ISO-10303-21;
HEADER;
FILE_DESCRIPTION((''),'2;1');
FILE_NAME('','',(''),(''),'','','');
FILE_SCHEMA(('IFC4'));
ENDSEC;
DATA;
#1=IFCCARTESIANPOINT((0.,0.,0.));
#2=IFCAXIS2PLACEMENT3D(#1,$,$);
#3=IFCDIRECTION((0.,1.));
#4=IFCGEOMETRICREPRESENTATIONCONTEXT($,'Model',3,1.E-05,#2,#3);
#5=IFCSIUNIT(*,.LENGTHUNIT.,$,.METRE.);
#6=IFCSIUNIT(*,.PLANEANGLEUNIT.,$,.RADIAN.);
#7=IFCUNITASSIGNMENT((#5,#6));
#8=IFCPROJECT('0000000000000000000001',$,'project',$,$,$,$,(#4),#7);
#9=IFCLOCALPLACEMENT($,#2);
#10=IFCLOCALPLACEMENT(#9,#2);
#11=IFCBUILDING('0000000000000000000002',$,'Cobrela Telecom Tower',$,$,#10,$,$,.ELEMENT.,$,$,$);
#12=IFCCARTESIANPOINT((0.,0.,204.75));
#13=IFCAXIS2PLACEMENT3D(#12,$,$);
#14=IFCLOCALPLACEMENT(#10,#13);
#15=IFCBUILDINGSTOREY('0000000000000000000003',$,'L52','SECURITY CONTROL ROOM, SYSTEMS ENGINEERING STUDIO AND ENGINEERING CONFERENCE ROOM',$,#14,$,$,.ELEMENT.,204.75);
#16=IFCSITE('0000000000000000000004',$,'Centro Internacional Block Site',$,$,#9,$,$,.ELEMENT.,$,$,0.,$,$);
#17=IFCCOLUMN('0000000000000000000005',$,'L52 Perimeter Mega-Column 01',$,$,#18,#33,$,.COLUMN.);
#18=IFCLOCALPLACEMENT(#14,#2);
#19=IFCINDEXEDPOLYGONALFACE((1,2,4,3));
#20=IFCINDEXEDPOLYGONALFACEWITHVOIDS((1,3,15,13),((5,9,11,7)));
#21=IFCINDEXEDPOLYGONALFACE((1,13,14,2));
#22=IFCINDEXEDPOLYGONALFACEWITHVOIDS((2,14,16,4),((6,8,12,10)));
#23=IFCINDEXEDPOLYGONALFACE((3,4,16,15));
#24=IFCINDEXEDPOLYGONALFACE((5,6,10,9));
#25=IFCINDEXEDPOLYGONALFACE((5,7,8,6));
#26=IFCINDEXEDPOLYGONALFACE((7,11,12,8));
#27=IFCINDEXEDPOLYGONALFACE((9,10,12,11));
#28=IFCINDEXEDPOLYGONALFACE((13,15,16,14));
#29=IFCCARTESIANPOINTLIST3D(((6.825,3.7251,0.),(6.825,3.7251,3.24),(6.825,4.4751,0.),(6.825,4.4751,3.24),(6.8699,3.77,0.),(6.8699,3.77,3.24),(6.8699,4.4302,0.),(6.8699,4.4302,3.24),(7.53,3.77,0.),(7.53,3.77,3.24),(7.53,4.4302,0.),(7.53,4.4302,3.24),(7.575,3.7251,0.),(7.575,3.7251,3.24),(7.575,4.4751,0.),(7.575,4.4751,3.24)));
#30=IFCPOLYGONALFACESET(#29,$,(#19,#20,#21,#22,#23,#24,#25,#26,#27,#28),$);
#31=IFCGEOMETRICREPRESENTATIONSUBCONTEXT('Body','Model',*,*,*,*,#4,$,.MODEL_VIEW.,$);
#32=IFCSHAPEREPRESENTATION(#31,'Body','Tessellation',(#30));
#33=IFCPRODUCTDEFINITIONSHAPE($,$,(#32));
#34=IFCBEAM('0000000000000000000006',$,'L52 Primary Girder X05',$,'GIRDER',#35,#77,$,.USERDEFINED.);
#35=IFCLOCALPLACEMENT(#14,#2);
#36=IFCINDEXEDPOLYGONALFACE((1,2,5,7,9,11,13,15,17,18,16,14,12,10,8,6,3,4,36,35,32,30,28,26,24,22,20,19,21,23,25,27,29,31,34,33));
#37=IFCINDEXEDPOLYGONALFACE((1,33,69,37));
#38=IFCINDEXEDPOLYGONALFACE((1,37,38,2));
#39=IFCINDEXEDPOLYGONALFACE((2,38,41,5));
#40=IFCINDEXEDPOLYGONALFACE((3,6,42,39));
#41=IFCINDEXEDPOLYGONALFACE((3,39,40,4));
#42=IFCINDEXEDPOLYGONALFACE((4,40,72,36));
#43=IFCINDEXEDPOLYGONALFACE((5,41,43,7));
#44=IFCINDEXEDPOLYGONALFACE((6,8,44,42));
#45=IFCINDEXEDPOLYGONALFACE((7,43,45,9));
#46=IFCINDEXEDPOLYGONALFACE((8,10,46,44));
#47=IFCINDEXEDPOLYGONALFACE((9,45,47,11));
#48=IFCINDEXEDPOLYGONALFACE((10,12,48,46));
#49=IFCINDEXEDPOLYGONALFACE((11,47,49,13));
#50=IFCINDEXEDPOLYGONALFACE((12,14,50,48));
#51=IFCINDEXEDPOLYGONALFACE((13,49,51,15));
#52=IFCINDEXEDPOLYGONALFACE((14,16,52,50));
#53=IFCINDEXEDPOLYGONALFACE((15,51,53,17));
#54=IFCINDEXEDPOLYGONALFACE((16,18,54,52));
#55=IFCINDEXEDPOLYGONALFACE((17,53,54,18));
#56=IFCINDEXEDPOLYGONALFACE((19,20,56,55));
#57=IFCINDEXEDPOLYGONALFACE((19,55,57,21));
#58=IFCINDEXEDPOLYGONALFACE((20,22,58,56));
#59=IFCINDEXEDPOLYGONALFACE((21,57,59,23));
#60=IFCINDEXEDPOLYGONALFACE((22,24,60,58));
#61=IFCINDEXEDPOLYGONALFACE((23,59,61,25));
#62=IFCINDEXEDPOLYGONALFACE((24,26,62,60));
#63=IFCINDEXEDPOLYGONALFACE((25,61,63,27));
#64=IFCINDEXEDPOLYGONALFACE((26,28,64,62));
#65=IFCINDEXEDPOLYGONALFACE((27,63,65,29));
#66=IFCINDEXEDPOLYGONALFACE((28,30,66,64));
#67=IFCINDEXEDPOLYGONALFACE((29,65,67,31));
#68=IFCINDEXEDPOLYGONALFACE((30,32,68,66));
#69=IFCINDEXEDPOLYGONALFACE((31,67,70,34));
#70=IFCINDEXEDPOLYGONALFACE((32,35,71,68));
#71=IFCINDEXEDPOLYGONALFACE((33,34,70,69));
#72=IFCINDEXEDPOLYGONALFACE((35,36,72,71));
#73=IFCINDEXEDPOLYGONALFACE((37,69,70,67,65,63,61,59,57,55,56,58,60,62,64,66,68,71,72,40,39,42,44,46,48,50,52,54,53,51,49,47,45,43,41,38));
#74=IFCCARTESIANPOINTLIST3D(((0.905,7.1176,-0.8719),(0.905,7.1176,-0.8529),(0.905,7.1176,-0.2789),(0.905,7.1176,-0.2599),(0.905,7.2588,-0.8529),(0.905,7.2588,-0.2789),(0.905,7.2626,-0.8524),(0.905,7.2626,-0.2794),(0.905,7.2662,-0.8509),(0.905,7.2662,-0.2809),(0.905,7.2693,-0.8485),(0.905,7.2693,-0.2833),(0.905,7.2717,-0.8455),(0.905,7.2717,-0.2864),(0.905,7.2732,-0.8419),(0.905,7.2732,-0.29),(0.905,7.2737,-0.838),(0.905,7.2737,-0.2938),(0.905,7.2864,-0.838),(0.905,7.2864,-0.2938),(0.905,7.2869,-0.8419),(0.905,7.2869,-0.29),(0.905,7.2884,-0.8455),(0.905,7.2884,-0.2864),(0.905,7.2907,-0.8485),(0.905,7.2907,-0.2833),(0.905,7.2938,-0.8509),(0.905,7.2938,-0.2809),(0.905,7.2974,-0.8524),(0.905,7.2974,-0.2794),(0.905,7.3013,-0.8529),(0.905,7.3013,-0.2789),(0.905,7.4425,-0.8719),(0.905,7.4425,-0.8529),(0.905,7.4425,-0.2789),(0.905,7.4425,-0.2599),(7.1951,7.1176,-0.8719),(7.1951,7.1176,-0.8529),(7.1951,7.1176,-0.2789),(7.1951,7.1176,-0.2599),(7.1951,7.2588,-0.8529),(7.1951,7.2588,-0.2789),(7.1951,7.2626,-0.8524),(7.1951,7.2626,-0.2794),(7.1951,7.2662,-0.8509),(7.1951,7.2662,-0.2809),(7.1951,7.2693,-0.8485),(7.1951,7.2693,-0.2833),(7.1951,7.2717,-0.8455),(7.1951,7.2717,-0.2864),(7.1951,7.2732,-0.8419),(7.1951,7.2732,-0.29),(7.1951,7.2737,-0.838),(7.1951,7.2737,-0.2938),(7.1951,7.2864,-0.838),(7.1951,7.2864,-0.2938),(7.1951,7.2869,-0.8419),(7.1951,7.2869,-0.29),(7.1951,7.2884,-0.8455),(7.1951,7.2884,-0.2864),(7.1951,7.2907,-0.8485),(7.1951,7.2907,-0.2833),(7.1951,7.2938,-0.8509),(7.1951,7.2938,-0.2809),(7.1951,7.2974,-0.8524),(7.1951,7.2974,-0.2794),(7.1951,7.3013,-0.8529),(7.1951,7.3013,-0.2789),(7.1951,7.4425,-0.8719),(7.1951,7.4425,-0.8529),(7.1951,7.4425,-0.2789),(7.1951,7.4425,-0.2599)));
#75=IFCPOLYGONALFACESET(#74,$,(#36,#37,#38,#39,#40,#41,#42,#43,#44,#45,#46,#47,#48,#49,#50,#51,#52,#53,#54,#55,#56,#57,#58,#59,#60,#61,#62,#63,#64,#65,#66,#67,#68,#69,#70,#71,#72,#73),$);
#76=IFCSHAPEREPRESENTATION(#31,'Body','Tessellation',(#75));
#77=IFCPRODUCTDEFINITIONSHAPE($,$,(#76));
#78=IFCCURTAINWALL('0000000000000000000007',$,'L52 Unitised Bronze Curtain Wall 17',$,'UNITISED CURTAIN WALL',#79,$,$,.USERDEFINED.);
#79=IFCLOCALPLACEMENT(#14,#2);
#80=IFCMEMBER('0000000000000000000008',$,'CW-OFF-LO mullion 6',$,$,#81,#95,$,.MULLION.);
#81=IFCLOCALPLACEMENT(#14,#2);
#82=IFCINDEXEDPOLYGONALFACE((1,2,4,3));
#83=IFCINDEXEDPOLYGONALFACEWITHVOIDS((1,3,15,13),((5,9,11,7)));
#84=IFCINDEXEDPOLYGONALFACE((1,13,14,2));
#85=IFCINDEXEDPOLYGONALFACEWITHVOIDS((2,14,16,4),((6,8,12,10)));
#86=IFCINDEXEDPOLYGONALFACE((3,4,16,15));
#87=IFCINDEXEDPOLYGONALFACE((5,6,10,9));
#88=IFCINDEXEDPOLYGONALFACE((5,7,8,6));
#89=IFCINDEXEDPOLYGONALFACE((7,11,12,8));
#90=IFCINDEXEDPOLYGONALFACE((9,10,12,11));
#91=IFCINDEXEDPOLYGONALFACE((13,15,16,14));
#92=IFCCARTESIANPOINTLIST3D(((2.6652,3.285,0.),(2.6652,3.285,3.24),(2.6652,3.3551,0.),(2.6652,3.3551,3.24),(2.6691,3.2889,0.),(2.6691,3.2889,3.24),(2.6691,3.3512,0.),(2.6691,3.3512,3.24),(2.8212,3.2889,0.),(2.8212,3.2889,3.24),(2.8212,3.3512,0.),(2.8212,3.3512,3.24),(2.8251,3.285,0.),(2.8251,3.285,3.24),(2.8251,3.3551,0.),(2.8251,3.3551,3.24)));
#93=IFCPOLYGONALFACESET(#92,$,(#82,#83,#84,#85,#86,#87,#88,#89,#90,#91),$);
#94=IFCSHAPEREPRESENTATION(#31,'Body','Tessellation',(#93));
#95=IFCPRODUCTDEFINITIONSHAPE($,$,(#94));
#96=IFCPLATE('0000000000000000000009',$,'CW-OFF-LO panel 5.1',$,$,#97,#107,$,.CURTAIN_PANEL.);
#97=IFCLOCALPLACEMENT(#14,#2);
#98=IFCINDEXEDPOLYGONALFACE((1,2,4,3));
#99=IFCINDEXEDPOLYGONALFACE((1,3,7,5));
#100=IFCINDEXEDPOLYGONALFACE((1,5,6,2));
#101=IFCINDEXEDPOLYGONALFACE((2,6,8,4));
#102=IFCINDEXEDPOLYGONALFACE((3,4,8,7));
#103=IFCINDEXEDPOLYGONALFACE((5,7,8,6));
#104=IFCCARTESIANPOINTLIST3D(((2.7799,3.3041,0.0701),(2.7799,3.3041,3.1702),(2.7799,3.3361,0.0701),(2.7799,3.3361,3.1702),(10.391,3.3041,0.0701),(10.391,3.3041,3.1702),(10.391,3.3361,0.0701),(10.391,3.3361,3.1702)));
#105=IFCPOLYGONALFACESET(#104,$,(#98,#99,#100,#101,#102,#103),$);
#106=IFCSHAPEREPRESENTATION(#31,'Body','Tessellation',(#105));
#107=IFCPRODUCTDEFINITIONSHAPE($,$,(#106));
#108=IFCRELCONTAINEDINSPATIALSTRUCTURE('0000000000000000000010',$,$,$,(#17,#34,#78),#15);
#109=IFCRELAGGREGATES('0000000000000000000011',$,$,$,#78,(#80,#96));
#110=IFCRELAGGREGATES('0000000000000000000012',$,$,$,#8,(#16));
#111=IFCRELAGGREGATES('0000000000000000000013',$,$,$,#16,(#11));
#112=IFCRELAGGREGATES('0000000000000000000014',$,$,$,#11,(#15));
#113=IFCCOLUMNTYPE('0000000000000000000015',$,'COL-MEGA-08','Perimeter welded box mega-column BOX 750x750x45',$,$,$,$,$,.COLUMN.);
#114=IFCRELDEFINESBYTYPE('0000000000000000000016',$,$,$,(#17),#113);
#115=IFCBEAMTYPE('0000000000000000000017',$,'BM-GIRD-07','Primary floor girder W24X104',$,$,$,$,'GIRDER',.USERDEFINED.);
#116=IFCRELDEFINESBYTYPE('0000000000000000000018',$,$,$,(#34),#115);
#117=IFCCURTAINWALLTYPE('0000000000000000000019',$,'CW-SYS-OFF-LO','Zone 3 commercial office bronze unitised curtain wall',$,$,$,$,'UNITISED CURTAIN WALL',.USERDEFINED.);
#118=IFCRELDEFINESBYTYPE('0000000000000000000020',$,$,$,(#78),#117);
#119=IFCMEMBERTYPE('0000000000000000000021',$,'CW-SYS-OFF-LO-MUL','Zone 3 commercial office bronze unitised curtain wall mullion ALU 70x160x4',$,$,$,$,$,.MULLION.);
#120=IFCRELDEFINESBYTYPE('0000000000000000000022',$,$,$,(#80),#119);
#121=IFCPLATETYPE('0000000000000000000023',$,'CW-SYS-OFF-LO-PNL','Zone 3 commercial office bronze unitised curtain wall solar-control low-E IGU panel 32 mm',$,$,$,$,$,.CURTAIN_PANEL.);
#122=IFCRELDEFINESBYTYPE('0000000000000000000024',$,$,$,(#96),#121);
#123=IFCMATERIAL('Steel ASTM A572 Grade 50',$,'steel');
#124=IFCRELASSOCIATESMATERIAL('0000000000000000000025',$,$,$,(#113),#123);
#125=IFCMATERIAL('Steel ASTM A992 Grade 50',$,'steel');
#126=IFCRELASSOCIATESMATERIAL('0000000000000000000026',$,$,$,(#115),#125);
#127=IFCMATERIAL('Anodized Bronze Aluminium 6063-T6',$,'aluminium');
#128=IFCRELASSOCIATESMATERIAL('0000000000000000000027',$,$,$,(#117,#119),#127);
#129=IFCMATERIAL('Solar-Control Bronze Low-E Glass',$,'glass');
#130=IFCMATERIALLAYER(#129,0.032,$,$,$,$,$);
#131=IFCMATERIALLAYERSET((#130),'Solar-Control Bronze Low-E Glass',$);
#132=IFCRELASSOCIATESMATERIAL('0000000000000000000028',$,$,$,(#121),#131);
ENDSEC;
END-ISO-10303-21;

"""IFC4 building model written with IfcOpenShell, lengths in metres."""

from ifc_helpers import new_model, si_unit, direction, frame, origin, origin_2d, place, context, subcontext, project, spatial, rectangle, hollow_rectangle, i_section, extrude, material, layer, layer_set, material_profile, profile_set, type_object, element, aggregate, save


model = new_model("IFC4")

# Units and contexts
model_context = context("Model", 3, precision=1e-05, world=origin(), true_north=direction((0.0, 1.0)))
body_context = subcontext(model_context, "Body", "Model", "MODEL_VIEW")
ifc_project = project(units=[si_unit("LENGTHUNIT", "METRE"), si_unit("PLANEANGLEUNIT", "RADIAN")], contexts=[model_context])

# Site, building, storey
site_placement = place(None, origin())
site = spatial("IfcSite", under=ifc_project, at=site_placement, Name="Centro Internacional Block Site", CompositionType="ELEMENT", RefElevation=0.0)
building_placement = place(site_placement, origin())
building = spatial("IfcBuilding", under=site, at=building_placement, Name="Cobrela Telecom Tower", CompositionType="ELEMENT")
storey_placement = place(building_placement, frame((0.0, 0.0, 204.75)))
storey = spatial("IfcBuildingStorey", under=building, at=storey_placement, Name="L52", Description="SECURITY CONTROL ROOM, SYSTEMS ENGINEERING STUDIO AND ENGINEERING CONFERENCE ROOM", CompositionType="ELEMENT", Elevation=204.75)

# Column
ifc_material_1 = material(Name="Steel ASTM A572 Grade 50", Category="steel")
ifc_material_profile_1 = material_profile(ifc_material_1, hollow_rectangle(XDim=0.75, YDim=0.75, WallThickness=0.0449, at=origin_2d()), Name="BOX 750x750x45")
ifc_profile_set_1 = profile_set([ifc_material_profile_1], Name="Steel ASTM A572 Grade 50")
column_type = type_object("IfcColumnType", Name="COL-MEGA-08", Description="Perimeter welded box mega-column BOX 750x750x45", PredefinedType="COLUMN", material=ifc_profile_set_1)
column_placement = place(storey_placement, frame((7.2, 4.1001, 0.0), z_axis=(0.0, 0.0, 1.0), x_axis=(1.0, 0.0, 0.0)))
element("IfcColumn", 1, at=column_placement, inside=storey, type_object=column_type, Name="L52 Perimeter Mega-Column 01", PredefinedType="COLUMN", context=body_context, shape_type="SweptSolid", body=[
    extrude(hollow_rectangle(XDim=0.75, YDim=0.75, WallThickness=0.0449, at=origin_2d()), origin(), (0.0, 0.0, 1.0), 3.24),
])

# Beam
ifc_material_2 = material(Name="Steel ASTM A992 Grade 50", Category="steel")
ifc_material_profile_2 = material_profile(ifc_material_2, i_section(OverallWidth=0.325, OverallDepth=0.6121, WebThickness=0.0127, FlangeThickness=0.019, FilletRadius=0.0149, at=origin_2d()), Name="W24X104")
ifc_profile_set_2 = profile_set([ifc_material_profile_2], Name="Steel ASTM A992 Grade 50")
beam_type = type_object("IfcBeamType", Name="BM-GIRD-07", Description="Primary floor girder W24X104", ElementType="GIRDER", PredefinedType="USERDEFINED", material=ifc_profile_set_2)
beam_placement = place(storey_placement, frame((0.905, 7.28, -0.5659), z_axis=(1.0, 0.0, 0.0), x_axis=(0.0, 1.0, 0.0)))
element("IfcBeam", 2, at=beam_placement, inside=storey, type_object=beam_type, Name="L52 Primary Girder X05", ObjectType="GIRDER", PredefinedType="USERDEFINED", context=body_context, shape_type="SweptSolid", body=[
    extrude(i_section(OverallWidth=0.325, OverallDepth=0.6121, WebThickness=0.0127, FlangeThickness=0.019, FilletRadius=0.0149, at=origin_2d()), origin(), (0.0, 0.0, 1.0), 6.29),
])

# Curtain wall, member, plate
ifc_material_3 = material(Name="Anodized Bronze Aluminium 6063-T6", Category="aluminium")
curtain_wall_type = type_object("IfcCurtainWallType", Name="CW-SYS-OFF-LO", Description="Zone 3 commercial office bronze unitised curtain wall", ElementType="UNITISED CURTAIN WALL", PredefinedType="USERDEFINED", material=ifc_material_3)
curtain_wall_placement = place(storey_placement, origin())
curtain_wall = element("IfcCurtainWall", 3, at=curtain_wall_placement, inside=storey, type_object=curtain_wall_type, Name="L52 Unitised Bronze Curtain Wall 17", ObjectType="UNITISED CURTAIN WALL", PredefinedType="USERDEFINED")
ifc_material_profile_3 = material_profile(ifc_material_3, hollow_rectangle(XDim=0.0701, YDim=0.1599, WallThickness=0.0039, at=origin_2d()), Name="ALU 70x160x4")
ifc_profile_set_3 = profile_set([ifc_material_profile_3], Name="Anodized Bronze Aluminium 6063-T6")
member_type = type_object("IfcMemberType", Name="CW-SYS-OFF-LO-MUL", Description="Zone 3 commercial office bronze unitised curtain wall mullion ALU 70x160x4", PredefinedType="MULLION", material=ifc_profile_set_3)
member_placement = place(storey_placement, frame((2.7451, 3.3201, 0.0), z_axis=(0.0, 0.0, 1.0), x_axis=(0.0, -1.0, 0.0)))
member = element("IfcMember", 4, at=member_placement, type_object=member_type, Name="CW-OFF-LO mullion 6", PredefinedType="MULLION", context=body_context, shape_type="SweptSolid", body=[
    extrude(hollow_rectangle(XDim=0.0701, YDim=0.1599, WallThickness=0.0039, at=origin_2d()), origin(), (0.0, 0.0, 1.0), 3.24),
])
ifc_material_4 = material(Name="Solar-Control Bronze Low-E Glass", Category="glass")
ifc_layer_1 = layer(ifc_material_4, 0.032)
ifc_layer_set_1 = layer_set([ifc_layer_1], Name="Solar-Control Bronze Low-E Glass")
plate_type = type_object("IfcPlateType", Name="CW-SYS-OFF-LO-PNL", Description="Zone 3 commercial office bronze unitised curtain wall solar-control low-E IGU panel 32 mm", PredefinedType="CURTAIN_PANEL", material=ifc_layer_set_1)
plate_placement = place(storey_placement, frame((6.5854, 3.3201, 0.0701), z_axis=(0.0, 0.0, 1.0), x_axis=(-1.0, 0.0, 0.0)))
plate = element("IfcPlate", 5, at=plate_placement, type_object=plate_type, Name="CW-OFF-LO panel 5.1", PredefinedType="CURTAIN_PANEL", context=body_context, shape_type="SweptSolid", body=[
    extrude(rectangle(XDim=7.6111, YDim=0.032, at=origin_2d()), origin(), (0.0, 0.0, 1.0), 3.1001),
])
aggregate(curtain_wall, [member, plate])

save(model, "model.ifc")
